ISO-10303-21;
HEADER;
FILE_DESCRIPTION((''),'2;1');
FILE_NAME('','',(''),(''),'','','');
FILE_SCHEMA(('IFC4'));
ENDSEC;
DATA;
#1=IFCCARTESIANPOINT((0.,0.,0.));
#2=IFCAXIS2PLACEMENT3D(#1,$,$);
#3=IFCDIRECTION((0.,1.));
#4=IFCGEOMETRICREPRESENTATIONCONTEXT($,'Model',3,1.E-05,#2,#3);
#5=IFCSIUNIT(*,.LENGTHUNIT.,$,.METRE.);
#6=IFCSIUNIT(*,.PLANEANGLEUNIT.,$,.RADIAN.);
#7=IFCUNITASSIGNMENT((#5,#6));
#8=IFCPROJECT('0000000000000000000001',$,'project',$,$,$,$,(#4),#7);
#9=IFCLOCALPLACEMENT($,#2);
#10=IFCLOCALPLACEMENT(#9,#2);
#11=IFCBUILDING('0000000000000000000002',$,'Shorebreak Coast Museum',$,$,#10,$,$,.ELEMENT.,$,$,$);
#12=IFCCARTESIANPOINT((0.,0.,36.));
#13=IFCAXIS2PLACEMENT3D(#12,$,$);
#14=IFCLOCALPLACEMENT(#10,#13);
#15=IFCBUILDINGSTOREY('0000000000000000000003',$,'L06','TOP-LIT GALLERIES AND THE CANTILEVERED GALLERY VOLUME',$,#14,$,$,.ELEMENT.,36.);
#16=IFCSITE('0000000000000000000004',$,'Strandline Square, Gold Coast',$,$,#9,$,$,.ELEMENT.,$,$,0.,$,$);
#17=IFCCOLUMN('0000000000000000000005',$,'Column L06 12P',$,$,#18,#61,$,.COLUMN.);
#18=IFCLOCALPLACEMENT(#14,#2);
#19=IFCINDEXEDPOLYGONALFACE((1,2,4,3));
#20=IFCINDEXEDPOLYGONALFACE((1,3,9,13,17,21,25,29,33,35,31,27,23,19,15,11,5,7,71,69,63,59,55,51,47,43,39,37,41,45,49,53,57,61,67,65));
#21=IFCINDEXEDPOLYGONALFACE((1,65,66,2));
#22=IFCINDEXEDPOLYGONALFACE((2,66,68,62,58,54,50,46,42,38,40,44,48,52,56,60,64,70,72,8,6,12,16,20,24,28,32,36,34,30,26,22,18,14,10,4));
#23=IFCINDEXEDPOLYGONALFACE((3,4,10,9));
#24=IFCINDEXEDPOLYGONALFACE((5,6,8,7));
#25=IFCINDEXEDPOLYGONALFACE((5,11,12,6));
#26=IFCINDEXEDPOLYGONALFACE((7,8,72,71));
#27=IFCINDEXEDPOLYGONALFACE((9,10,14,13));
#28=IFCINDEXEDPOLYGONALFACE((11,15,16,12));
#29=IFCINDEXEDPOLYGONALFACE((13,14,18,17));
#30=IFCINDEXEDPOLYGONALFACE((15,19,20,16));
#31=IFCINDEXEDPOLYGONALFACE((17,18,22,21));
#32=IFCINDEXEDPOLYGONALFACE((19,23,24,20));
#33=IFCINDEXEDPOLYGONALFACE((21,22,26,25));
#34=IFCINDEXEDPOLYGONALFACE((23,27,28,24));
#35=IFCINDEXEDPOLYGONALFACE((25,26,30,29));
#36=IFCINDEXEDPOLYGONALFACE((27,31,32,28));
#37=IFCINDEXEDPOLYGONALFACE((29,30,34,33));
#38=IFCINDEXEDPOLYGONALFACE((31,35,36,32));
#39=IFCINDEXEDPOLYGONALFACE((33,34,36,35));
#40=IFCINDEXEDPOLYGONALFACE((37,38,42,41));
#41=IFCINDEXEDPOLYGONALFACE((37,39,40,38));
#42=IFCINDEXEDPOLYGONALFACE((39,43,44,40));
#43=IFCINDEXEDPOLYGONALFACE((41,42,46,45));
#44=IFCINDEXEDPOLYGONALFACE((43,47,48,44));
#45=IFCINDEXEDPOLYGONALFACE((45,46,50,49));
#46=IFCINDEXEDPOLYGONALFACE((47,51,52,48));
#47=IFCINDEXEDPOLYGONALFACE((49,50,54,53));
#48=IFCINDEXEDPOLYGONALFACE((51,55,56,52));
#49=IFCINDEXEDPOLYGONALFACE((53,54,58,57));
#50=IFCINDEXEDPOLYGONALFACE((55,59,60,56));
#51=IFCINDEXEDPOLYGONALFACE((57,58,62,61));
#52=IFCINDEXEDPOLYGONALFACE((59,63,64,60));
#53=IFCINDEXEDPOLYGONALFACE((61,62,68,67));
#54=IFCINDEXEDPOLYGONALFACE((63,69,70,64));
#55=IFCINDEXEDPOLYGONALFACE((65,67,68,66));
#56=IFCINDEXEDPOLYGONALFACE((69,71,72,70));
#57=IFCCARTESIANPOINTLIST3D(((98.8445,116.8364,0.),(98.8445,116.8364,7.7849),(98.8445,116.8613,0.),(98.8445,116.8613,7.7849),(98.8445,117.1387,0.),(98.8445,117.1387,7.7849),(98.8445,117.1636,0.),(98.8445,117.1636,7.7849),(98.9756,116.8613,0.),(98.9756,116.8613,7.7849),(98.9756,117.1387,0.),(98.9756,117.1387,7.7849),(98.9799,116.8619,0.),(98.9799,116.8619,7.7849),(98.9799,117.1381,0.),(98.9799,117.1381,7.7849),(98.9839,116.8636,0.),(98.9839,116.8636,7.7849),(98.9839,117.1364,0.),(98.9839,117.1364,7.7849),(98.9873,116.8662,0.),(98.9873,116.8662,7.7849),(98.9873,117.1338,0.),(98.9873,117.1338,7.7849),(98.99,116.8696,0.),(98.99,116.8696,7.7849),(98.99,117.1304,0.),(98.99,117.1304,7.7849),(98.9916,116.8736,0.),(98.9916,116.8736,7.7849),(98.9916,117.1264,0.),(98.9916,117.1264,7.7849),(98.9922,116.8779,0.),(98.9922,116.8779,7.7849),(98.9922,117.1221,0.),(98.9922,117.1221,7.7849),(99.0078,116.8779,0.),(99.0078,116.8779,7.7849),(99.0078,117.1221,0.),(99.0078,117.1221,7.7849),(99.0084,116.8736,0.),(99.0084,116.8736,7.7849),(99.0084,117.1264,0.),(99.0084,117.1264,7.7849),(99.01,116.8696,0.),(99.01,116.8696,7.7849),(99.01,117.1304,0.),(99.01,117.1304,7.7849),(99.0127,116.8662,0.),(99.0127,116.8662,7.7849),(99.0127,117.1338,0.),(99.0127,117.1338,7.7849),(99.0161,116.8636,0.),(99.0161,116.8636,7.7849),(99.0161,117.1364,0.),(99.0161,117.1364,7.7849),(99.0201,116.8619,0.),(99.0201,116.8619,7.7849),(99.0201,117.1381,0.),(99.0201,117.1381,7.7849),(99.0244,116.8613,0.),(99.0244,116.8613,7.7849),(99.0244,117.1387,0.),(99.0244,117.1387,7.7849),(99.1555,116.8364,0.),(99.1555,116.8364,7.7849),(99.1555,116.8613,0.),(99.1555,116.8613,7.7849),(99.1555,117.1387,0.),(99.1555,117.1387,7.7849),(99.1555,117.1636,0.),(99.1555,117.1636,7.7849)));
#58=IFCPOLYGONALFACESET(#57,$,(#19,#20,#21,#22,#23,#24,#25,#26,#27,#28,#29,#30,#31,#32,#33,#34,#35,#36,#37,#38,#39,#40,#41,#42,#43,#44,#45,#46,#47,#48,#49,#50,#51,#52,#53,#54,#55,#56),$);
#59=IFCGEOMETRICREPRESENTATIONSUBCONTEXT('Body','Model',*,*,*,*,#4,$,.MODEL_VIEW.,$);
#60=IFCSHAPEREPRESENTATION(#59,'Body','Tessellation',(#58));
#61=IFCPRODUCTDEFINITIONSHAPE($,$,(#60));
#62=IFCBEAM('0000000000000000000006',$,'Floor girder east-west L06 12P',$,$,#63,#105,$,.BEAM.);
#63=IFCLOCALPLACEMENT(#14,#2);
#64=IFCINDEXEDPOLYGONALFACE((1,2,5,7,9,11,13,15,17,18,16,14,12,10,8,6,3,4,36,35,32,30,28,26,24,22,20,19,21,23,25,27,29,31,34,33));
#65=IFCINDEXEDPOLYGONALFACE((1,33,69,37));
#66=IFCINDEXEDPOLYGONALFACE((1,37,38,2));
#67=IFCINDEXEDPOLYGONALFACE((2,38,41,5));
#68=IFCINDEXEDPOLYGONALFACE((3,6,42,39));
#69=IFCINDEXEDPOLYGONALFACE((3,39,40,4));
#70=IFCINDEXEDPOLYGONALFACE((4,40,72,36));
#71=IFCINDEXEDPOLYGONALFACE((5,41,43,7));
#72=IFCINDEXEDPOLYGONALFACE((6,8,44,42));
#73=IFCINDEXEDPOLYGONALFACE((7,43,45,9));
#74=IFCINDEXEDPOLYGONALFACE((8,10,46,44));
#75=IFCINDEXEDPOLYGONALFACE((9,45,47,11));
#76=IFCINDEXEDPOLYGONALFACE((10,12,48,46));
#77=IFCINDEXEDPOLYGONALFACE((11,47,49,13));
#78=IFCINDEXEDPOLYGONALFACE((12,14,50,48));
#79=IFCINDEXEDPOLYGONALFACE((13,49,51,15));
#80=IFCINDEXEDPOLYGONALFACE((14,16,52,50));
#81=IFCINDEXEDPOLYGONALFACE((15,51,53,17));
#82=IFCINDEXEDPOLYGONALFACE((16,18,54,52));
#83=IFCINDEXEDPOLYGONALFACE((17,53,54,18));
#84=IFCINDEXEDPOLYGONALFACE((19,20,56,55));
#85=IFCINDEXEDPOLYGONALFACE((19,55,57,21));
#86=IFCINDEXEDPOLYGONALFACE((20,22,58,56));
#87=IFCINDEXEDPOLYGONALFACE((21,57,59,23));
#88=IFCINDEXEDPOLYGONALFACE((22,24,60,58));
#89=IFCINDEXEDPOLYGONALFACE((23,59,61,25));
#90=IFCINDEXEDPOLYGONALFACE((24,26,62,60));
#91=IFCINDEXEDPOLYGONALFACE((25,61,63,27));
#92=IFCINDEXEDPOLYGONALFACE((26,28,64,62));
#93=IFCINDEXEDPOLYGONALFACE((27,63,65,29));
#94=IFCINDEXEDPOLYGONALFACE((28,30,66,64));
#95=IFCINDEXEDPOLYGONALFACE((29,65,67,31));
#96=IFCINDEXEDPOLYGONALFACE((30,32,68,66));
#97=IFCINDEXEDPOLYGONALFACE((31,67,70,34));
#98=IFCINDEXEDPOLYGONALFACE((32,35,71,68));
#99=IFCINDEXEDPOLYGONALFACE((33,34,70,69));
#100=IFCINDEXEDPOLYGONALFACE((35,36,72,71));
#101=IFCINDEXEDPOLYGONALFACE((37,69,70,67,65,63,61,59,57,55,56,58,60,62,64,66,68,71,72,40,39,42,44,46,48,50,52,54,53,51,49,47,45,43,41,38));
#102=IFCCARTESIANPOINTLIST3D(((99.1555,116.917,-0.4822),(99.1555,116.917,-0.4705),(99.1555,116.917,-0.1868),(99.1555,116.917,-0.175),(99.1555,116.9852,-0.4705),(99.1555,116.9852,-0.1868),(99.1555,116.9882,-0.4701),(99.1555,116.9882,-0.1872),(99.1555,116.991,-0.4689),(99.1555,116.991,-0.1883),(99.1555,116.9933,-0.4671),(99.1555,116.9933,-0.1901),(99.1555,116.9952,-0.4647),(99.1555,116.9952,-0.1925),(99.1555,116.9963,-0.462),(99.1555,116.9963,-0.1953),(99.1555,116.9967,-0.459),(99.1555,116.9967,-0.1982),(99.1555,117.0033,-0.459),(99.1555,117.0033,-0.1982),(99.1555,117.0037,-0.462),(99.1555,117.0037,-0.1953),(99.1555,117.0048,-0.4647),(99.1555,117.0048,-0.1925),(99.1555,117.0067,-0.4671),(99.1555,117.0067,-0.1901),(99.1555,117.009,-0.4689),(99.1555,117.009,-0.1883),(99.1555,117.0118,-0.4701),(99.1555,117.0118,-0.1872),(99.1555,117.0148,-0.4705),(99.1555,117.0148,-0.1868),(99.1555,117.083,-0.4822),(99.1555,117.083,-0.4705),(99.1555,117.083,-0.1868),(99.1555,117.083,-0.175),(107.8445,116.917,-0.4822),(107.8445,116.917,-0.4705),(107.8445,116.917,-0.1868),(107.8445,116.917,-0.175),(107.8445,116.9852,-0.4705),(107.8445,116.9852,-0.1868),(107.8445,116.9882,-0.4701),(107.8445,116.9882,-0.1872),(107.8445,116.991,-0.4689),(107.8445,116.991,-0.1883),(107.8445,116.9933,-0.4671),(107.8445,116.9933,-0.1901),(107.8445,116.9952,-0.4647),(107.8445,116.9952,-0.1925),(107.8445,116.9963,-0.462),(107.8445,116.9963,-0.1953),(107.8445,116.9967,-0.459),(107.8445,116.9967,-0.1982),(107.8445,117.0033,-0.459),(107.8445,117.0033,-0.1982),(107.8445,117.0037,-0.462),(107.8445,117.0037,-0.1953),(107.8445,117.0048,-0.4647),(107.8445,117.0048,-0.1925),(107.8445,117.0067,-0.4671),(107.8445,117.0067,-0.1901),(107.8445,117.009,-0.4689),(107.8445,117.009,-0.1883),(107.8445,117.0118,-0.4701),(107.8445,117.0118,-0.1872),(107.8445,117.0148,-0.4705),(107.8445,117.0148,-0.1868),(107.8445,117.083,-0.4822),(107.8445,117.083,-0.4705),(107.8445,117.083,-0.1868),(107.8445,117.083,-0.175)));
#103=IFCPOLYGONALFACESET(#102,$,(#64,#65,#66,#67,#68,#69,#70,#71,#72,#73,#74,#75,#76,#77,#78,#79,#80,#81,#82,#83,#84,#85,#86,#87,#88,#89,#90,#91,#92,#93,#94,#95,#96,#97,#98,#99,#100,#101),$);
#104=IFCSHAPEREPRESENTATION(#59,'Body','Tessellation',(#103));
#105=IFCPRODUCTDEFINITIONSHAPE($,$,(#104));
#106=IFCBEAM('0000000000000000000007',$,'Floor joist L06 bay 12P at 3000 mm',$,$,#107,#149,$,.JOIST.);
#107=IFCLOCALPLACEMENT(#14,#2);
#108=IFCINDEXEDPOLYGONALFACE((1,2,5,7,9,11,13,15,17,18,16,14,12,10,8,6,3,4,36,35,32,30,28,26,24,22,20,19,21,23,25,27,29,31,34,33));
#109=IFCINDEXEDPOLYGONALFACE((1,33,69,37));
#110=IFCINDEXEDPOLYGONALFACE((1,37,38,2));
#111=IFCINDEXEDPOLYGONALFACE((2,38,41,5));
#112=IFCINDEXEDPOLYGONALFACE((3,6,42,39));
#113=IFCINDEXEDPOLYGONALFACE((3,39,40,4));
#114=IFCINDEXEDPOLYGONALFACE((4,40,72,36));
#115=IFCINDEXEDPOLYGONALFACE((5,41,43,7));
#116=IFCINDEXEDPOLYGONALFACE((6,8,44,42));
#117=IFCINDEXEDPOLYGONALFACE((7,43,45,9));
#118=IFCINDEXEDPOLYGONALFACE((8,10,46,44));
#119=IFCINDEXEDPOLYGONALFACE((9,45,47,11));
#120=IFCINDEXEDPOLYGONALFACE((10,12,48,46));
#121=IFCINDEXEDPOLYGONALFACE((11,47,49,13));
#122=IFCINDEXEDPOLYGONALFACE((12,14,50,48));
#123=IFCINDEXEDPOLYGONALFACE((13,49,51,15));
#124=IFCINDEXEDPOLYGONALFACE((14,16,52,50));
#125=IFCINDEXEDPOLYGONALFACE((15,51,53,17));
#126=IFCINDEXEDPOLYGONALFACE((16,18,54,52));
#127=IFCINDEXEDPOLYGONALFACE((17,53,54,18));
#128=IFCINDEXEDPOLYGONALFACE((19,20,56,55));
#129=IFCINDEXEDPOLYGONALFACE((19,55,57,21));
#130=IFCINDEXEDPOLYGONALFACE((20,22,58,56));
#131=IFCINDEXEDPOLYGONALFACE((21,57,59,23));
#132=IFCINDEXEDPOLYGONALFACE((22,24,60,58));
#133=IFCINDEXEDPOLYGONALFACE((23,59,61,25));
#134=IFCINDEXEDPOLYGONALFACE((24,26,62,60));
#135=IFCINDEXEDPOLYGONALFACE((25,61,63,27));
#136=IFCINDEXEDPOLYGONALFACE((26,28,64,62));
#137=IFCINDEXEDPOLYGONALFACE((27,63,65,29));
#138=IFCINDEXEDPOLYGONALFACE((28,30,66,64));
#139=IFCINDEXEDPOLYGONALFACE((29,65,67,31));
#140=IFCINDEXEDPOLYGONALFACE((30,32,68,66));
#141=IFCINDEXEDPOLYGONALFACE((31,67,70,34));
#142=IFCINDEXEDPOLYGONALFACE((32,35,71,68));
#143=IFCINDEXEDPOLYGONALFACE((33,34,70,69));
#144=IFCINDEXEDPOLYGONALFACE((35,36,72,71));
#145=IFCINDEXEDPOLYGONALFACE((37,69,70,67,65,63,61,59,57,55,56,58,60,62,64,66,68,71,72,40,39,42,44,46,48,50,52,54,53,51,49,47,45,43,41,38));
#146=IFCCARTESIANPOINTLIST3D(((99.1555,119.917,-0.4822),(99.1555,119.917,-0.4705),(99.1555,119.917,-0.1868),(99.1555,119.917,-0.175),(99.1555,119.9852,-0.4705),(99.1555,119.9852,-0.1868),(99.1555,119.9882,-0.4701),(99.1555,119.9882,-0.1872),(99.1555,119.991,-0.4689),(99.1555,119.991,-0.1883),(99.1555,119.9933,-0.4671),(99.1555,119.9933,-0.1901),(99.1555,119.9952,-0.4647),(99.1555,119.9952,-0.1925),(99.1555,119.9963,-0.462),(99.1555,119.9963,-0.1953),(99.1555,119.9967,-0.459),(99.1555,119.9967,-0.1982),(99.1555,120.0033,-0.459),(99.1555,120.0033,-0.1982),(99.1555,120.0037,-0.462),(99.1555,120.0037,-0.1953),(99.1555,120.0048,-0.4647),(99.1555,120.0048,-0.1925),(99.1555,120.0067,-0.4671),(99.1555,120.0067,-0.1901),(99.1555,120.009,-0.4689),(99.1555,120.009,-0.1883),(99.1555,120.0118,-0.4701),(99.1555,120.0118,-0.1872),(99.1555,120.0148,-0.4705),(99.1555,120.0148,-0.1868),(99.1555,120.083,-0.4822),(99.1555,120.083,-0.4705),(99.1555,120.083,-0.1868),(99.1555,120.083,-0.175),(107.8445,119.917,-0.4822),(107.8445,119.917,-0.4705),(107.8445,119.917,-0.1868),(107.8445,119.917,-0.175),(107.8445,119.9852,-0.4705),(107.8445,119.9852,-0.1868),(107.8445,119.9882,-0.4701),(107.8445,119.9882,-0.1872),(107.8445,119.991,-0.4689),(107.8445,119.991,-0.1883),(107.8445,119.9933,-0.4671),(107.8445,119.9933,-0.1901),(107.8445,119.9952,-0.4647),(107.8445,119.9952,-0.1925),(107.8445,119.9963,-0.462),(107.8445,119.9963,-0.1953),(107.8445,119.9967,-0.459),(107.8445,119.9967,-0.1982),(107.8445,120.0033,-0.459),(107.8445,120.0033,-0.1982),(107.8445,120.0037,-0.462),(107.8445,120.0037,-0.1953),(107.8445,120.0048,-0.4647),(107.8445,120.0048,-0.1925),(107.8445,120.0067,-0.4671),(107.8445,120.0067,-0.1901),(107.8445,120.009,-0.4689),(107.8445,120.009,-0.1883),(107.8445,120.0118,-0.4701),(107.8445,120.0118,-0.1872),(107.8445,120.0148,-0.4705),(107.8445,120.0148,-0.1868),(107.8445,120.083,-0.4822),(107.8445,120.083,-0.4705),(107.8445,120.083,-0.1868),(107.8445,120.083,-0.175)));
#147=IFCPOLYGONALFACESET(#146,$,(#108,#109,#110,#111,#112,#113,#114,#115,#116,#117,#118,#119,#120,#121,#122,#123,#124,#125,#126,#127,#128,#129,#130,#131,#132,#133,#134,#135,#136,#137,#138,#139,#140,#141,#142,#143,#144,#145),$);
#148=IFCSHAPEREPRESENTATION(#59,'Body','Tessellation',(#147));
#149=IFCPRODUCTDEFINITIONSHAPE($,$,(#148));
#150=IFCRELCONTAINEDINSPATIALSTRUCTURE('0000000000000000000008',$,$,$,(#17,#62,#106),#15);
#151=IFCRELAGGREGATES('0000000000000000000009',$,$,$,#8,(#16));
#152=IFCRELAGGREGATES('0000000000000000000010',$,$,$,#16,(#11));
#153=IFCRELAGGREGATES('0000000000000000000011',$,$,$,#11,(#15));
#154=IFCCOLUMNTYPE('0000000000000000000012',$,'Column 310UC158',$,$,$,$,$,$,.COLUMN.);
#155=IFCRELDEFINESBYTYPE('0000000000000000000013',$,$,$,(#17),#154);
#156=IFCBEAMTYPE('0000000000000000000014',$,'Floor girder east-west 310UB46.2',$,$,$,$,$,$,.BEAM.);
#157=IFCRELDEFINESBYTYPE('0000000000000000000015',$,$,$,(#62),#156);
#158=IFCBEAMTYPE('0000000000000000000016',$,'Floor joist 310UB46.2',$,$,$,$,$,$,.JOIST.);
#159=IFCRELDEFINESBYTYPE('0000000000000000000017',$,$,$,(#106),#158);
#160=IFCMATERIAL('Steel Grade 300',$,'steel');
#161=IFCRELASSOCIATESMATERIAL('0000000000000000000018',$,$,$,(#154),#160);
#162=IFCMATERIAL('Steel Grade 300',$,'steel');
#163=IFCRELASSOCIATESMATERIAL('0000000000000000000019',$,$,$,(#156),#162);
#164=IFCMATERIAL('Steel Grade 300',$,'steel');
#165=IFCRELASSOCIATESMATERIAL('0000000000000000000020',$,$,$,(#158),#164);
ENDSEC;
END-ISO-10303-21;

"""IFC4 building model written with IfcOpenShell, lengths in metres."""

from ifc_helpers import new_model, si_unit, direction, frame, origin, origin_2d, place, context, subcontext, project, spatial, i_section, extrude, material, material_profile, profile_set, type_object, element, save


model = new_model("IFC4")

# Units and contexts
model_context = context("Model", 3, precision=1e-05, world=origin(), true_north=direction((0.0, 1.0)))
body_context = subcontext(model_context, "Body", "Model", "MODEL_VIEW")
ifc_project = project(units=[si_unit("LENGTHUNIT", "METRE"), si_unit("PLANEANGLEUNIT", "RADIAN")], contexts=[model_context])

# Site, building, storey
site_placement = place(None, origin())
site = spatial("IfcSite", under=ifc_project, at=site_placement, Name="Strandline Square, Gold Coast", CompositionType="ELEMENT", RefElevation=0.0)
building_placement = place(site_placement, origin())
building = spatial("IfcBuilding", under=site, at=building_placement, Name="Shorebreak Coast Museum", CompositionType="ELEMENT")
storey_placement = place(building_placement, frame((0.0, 0.0, 36.0)))
storey = spatial("IfcBuildingStorey", under=building, at=storey_placement, Name="L06", Description="TOP-LIT GALLERIES AND THE CANTILEVERED GALLERY VOLUME", CompositionType="ELEMENT", Elevation=36.0)

# Column
ifc_material_1 = material(Name="Steel Grade 300", Category="steel")
ifc_material_profile_1 = material_profile(ifc_material_1, i_section(OverallWidth=0.311, OverallDepth=0.3271, WebThickness=0.0156, FlangeThickness=0.0249, FilletRadius=0.0166, at=origin_2d()), Name="310UC158")
ifc_profile_set_1 = profile_set([ifc_material_profile_1], Name="Steel Grade 300")
column_type = type_object("IfcColumnType", Name="Column 310UC158", PredefinedType="COLUMN", material=ifc_profile_set_1)
column_placement = place(storey_placement, frame((99.0, 117.0, 0.0), z_axis=(0.0, 0.0, 1.0), x_axis=(1.0, 0.0, 0.0)))
element("IfcColumn", 1, at=column_placement, inside=storey, type_object=column_type, Name="Column L06 12P", PredefinedType="COLUMN", context=body_context, shape_type="SweptSolid", body=[
    extrude(i_section(OverallWidth=0.311, OverallDepth=0.3271, WebThickness=0.0156, FlangeThickness=0.0249, FilletRadius=0.0166, at=origin_2d()), origin(), (0.0, 0.0, 1.0), 7.7849),
])

# Beams
ifc_material_2 = material(Name="Steel Grade 300", Category="steel")
ifc_material_profile_2 = material_profile(ifc_material_2, i_section(OverallWidth=0.166, OverallDepth=0.3071, WebThickness=0.0066, FlangeThickness=0.0117, FilletRadius=0.0115, at=origin_2d()), Name="310UB46.2")
ifc_profile_set_2 = profile_set([ifc_material_profile_2], Name="Steel Grade 300")
beam_type_1 = type_object("IfcBeamType", Name="Floor girder east-west 310UB46.2", PredefinedType="BEAM", material=ifc_profile_set_2)
beam_1_placement = place(storey_placement, frame((99.1555, 117.0, -0.3286), z_axis=(1.0, 0.0, 0.0), x_axis=(0.0, 1.0, 0.0)))
element("IfcBeam", 2, at=beam_1_placement, inside=storey, type_object=beam_type_1, Name="Floor girder east-west L06 12P", PredefinedType="BEAM", context=body_context, shape_type="SweptSolid", body=[
    extrude(i_section(OverallWidth=0.166, OverallDepth=0.3071, WebThickness=0.0066, FlangeThickness=0.0117, FilletRadius=0.0115, at=origin_2d()), origin(), (0.0, 0.0, 1.0), 8.689),
])
ifc_material_3 = material(Name="Steel Grade 300", Category="steel")
ifc_material_profile_3 = material_profile(ifc_material_3, i_section(OverallWidth=0.166, OverallDepth=0.3071, WebThickness=0.0066, FlangeThickness=0.0117, FilletRadius=0.0115, at=origin_2d()), Name="310UB46.2")
ifc_profile_set_3 = profile_set([ifc_material_profile_3], Name="Steel Grade 300")
beam_type_2 = type_object("IfcBeamType", Name="Floor joist 310UB46.2", PredefinedType="JOIST", material=ifc_profile_set_3)
beam_2_placement = place(storey_placement, frame((99.1555, 120.0, -0.3286), z_axis=(1.0, 0.0, 0.0), x_axis=(0.0, 1.0, 0.0)))
element("IfcBeam", 3, at=beam_2_placement, inside=storey, type_object=beam_type_2, Name="Floor joist L06 bay 12P at 3000 mm", PredefinedType="JOIST", context=body_context, shape_type="SweptSolid", body=[
    extrude(i_section(OverallWidth=0.166, OverallDepth=0.3071, WebThickness=0.0066, FlangeThickness=0.0117, FilletRadius=0.0115, at=origin_2d()), origin(), (0.0, 0.0, 1.0), 8.689),
])

save(model, "model.ifc")
